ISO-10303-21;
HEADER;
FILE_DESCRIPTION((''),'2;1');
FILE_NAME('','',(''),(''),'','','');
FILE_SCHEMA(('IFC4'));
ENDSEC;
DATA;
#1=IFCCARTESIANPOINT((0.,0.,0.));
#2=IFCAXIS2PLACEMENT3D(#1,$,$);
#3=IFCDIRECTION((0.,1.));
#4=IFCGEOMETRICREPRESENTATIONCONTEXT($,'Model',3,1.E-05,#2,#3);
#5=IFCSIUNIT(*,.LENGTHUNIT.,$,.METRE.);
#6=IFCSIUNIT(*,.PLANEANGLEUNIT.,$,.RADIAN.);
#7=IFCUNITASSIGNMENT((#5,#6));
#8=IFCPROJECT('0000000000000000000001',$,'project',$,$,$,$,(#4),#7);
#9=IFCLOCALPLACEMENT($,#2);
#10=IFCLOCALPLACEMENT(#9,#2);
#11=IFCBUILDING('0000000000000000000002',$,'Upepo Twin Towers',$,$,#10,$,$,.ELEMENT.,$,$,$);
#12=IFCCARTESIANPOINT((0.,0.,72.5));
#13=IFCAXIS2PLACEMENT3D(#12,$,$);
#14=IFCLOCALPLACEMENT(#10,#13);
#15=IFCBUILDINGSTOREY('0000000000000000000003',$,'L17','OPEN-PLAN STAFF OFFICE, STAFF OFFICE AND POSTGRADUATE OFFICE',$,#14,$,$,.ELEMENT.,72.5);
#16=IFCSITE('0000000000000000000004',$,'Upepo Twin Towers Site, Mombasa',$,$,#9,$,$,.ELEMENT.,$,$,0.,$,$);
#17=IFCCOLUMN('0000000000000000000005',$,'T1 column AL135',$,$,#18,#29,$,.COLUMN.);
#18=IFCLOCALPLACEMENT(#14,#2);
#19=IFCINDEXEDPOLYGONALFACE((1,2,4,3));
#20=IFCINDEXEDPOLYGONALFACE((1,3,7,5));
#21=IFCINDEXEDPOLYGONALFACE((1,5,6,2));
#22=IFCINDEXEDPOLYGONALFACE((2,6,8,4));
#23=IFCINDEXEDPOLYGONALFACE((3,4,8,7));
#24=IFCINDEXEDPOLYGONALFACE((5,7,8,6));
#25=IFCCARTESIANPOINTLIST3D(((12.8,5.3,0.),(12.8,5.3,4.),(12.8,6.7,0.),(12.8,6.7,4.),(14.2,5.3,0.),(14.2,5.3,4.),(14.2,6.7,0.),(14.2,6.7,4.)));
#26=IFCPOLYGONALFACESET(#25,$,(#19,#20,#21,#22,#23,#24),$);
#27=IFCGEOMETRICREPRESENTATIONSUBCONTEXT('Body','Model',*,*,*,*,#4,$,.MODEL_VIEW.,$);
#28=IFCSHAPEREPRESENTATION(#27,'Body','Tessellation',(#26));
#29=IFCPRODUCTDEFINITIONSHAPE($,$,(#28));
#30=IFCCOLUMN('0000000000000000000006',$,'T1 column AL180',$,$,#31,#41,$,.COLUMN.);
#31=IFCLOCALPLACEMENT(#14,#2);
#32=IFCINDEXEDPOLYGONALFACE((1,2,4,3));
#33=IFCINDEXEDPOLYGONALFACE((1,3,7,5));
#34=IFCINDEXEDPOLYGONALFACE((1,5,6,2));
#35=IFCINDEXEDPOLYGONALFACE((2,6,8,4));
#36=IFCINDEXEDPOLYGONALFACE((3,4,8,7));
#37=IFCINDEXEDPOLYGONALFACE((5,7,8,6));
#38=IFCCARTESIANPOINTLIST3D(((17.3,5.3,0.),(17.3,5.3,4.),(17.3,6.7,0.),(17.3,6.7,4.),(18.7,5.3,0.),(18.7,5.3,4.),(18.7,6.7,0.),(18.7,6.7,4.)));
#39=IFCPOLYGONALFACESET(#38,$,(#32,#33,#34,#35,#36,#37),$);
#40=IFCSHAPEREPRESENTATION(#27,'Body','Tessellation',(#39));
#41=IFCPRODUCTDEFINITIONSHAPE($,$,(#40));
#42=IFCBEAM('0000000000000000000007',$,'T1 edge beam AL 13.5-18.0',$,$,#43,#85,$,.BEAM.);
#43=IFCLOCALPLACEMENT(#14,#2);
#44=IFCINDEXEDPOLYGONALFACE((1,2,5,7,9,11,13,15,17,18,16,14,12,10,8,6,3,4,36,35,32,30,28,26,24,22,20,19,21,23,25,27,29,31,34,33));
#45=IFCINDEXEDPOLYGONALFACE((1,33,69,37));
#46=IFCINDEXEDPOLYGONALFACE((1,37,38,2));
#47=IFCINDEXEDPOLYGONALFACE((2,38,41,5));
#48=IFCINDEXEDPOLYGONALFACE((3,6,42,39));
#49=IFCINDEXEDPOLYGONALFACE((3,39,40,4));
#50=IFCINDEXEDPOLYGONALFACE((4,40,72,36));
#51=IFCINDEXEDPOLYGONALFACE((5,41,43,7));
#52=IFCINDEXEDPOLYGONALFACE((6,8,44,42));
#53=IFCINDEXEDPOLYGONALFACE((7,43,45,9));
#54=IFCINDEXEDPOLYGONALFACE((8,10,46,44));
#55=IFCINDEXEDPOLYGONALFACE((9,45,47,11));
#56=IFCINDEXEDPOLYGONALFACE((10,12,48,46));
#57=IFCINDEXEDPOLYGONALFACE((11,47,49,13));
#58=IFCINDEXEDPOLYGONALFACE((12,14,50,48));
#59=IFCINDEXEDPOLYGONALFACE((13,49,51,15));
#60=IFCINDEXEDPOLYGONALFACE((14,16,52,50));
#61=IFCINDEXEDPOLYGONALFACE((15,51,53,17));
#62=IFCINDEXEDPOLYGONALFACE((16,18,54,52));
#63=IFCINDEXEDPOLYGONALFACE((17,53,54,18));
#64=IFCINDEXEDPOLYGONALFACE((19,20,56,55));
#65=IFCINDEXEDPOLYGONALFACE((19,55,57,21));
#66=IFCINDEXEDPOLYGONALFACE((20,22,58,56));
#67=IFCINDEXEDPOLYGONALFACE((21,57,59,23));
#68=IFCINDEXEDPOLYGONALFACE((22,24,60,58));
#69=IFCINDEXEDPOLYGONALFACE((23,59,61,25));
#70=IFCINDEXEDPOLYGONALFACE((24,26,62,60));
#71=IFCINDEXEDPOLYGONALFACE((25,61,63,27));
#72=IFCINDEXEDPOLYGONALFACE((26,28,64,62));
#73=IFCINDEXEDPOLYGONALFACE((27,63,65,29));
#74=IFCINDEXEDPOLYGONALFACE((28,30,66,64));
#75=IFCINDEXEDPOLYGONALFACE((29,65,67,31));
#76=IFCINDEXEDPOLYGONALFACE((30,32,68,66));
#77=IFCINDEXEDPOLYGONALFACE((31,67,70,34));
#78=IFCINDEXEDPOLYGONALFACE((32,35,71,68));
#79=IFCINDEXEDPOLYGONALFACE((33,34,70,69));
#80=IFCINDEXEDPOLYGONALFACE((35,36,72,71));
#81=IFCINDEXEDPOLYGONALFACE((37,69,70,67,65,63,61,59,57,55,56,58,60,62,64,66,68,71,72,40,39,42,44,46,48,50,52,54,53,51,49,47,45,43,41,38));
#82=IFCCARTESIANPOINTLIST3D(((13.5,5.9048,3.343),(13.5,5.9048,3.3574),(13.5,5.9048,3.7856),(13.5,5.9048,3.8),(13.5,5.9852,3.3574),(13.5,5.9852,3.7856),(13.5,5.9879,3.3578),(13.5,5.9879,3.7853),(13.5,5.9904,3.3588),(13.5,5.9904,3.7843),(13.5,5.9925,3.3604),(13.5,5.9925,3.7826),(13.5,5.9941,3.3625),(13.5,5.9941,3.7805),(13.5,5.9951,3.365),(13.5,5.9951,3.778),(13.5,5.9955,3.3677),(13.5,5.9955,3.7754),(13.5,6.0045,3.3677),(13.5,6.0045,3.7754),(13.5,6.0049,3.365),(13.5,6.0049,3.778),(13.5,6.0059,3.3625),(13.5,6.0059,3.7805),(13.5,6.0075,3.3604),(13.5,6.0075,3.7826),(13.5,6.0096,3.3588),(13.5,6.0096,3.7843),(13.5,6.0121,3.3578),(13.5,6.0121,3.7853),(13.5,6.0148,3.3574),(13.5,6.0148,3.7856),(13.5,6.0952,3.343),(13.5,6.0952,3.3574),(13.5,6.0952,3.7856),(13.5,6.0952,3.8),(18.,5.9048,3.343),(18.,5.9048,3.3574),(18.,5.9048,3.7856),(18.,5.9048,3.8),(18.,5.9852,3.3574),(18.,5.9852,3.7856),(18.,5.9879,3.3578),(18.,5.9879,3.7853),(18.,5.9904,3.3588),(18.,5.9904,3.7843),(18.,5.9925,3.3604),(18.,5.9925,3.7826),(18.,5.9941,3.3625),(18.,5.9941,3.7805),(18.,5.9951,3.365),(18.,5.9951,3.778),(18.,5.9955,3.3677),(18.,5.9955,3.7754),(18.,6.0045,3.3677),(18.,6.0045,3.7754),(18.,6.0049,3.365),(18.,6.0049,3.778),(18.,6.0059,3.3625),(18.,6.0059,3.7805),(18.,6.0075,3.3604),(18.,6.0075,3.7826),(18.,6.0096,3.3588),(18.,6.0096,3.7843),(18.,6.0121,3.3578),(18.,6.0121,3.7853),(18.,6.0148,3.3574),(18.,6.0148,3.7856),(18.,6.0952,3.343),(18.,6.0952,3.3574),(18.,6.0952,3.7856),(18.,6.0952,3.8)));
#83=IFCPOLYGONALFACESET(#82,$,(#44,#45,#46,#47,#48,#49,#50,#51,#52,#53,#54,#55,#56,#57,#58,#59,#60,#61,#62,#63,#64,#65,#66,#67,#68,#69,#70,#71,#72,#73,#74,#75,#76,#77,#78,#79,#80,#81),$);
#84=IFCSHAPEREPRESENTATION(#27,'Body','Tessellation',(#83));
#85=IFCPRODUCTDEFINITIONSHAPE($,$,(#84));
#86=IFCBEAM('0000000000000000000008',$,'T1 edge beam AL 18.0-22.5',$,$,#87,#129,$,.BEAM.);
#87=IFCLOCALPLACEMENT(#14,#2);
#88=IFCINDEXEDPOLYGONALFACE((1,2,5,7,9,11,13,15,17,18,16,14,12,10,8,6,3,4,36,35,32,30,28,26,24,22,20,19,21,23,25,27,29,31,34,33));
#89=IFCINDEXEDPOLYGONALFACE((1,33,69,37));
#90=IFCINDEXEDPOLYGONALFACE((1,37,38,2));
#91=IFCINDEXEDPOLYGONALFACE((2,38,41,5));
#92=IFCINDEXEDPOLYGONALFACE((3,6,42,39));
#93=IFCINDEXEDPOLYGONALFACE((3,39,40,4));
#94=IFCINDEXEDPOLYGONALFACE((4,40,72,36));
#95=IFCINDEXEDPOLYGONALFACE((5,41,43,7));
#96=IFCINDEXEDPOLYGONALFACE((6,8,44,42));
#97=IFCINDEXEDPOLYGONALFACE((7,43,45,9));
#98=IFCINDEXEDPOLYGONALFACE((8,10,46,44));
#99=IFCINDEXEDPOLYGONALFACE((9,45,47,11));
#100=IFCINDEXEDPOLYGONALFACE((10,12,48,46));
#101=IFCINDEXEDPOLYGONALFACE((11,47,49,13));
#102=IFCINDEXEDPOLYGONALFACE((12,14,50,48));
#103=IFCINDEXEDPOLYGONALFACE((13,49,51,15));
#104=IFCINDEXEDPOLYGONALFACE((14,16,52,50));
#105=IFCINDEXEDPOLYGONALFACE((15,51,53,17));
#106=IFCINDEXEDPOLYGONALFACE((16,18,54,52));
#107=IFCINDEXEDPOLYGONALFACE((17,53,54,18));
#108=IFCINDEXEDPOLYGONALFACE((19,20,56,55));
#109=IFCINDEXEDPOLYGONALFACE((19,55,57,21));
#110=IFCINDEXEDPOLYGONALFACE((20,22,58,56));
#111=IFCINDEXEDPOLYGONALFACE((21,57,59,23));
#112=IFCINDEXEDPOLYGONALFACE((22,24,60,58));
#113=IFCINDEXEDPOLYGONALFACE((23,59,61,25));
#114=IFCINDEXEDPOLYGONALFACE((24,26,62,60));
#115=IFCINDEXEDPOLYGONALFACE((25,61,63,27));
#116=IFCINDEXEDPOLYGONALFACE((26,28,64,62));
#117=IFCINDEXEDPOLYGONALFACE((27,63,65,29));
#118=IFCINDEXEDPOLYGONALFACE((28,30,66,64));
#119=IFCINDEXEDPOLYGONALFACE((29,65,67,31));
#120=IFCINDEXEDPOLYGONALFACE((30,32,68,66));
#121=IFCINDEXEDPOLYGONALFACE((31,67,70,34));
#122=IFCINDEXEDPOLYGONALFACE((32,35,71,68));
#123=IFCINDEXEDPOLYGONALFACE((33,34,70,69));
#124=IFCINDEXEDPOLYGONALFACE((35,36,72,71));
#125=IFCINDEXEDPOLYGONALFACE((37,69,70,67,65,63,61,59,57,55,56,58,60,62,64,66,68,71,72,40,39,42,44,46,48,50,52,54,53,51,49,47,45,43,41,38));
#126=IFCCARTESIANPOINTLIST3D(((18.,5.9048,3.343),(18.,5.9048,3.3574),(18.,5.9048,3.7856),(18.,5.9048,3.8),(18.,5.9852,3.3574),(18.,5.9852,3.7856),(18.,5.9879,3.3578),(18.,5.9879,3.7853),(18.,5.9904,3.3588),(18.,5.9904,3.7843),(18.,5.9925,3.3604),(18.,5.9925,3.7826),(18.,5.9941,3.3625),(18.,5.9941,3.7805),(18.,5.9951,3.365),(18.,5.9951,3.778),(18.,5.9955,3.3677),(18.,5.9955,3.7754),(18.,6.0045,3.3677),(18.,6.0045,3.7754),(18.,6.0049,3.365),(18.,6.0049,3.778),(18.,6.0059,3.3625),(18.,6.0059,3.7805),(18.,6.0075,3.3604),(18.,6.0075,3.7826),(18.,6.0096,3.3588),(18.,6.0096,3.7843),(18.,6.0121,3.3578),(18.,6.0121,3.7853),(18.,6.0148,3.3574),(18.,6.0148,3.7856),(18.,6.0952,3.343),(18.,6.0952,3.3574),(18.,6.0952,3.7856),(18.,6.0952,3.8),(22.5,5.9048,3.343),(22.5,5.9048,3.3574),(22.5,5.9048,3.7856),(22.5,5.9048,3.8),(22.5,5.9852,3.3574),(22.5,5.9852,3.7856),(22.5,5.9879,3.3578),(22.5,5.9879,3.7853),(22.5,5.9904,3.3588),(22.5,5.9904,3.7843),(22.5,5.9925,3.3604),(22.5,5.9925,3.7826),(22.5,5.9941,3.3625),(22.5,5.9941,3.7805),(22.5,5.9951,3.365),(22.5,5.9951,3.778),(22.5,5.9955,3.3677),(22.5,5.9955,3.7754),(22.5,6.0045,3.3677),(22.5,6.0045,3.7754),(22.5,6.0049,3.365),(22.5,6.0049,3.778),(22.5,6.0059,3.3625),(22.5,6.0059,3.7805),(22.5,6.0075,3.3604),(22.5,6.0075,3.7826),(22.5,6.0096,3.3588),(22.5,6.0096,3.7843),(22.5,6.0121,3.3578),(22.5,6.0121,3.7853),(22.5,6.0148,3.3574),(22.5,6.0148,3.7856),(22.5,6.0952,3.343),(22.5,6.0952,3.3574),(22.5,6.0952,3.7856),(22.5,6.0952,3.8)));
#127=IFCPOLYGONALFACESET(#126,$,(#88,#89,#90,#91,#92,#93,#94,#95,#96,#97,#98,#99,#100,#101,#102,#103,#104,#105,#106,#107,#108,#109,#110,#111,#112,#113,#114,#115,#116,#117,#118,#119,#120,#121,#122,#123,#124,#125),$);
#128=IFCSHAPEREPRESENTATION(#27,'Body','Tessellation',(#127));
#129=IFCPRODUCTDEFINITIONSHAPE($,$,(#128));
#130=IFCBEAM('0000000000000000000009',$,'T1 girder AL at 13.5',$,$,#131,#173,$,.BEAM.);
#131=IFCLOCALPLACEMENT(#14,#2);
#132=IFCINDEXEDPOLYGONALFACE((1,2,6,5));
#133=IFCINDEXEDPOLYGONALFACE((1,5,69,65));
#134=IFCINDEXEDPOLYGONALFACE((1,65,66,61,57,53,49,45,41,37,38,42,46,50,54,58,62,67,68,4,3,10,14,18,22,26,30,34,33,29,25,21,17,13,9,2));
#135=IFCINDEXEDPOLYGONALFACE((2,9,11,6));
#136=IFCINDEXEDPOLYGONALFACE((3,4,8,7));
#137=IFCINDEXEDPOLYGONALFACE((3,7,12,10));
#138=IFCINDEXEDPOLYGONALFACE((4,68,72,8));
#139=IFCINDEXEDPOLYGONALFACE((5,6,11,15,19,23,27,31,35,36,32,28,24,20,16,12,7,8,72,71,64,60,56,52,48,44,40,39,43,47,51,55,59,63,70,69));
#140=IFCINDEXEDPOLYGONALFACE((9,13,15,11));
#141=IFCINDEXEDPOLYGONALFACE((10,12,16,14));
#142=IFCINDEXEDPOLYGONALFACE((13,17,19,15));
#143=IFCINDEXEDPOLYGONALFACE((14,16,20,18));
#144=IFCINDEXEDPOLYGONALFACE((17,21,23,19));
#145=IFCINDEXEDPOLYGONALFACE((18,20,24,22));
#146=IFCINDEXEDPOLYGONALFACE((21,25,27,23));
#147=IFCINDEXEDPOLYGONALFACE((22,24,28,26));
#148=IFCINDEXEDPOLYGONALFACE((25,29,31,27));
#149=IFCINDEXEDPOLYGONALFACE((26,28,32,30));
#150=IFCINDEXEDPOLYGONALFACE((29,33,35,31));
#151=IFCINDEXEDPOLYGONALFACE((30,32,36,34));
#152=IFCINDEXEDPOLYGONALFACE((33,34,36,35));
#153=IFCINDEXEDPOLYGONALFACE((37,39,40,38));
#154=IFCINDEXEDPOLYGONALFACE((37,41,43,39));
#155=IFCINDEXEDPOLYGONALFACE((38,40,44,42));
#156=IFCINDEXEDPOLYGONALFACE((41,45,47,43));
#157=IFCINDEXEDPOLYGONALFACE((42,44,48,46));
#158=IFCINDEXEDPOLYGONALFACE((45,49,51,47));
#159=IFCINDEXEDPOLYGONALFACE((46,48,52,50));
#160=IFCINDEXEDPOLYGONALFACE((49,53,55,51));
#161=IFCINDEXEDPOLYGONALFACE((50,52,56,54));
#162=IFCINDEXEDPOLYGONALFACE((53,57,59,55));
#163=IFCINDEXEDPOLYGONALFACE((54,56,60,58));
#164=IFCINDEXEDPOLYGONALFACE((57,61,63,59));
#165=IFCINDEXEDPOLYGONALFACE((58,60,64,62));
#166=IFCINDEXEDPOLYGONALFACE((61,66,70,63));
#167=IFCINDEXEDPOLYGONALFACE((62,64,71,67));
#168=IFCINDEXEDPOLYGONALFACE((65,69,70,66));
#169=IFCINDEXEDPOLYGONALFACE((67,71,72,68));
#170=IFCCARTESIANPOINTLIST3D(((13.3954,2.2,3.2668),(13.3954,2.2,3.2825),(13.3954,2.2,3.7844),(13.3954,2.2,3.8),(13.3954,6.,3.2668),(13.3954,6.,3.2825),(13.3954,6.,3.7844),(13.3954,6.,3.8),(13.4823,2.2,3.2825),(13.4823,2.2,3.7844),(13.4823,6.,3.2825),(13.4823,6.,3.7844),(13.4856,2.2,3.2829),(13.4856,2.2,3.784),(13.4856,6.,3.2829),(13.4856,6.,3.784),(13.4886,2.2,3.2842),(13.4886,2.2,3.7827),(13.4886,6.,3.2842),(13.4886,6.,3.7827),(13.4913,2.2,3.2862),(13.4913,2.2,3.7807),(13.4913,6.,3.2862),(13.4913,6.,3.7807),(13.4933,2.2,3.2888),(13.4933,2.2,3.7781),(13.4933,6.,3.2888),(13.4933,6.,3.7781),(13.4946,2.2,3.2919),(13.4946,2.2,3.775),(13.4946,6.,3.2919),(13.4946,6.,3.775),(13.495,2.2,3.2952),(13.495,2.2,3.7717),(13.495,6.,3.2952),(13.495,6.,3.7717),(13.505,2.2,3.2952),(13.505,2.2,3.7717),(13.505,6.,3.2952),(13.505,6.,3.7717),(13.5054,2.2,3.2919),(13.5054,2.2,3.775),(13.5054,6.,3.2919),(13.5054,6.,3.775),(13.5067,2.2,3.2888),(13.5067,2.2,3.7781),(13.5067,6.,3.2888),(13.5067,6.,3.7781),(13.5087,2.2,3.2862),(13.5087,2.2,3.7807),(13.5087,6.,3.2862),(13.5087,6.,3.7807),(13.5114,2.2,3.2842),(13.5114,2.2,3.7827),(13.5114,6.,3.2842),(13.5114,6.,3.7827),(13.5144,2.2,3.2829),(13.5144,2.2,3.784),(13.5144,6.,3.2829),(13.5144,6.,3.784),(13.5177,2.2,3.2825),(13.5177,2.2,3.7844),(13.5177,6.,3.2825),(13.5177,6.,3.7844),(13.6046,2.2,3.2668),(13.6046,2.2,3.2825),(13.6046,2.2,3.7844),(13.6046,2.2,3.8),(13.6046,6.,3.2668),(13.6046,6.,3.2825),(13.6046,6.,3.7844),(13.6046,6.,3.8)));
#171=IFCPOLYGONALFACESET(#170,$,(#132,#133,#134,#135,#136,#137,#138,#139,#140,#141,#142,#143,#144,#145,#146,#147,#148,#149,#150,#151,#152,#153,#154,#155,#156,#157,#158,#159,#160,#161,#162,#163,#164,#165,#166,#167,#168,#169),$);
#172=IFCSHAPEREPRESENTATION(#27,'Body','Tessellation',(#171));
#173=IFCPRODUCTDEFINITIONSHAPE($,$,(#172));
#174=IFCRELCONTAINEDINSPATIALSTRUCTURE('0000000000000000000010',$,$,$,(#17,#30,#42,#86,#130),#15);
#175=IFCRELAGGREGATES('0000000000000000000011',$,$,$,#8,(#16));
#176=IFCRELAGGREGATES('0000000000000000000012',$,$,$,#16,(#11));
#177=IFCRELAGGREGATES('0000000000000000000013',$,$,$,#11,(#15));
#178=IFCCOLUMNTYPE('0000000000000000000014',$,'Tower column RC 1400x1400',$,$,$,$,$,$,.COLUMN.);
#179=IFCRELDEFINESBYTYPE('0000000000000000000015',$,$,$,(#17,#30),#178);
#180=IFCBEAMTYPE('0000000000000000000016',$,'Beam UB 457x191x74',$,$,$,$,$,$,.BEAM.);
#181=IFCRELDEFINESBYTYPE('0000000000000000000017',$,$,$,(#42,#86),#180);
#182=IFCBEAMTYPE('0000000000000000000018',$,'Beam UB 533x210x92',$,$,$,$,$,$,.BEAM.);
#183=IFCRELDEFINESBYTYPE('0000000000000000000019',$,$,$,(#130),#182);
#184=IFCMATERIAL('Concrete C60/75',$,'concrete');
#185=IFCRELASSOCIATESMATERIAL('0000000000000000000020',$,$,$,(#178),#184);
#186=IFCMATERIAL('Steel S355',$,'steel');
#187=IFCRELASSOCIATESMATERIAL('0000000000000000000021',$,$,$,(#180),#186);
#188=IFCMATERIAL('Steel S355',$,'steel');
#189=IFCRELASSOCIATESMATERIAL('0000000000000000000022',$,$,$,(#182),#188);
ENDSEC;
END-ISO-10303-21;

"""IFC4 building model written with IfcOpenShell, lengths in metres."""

from ifc_helpers import new_model, si_unit, direction, frame, origin, origin_2d, place, context, subcontext, project, spatial, rectangle, i_section, extrude, material, material_profile, profile_set, type_object, element, save


model = new_model("IFC4")

# Units and contexts
model_context = context("Model", 3, precision=1e-05, world=origin(), true_north=direction((0.0, 1.0)))
body_context = subcontext(model_context, "Body", "Model", "MODEL_VIEW")
ifc_project = project(units=[si_unit("LENGTHUNIT", "METRE"), si_unit("PLANEANGLEUNIT", "RADIAN")], contexts=[model_context])

# Site, building, storey
site_placement = place(None, origin())
site = spatial("IfcSite", under=ifc_project, at=site_placement, Name="Upepo Twin Towers Site, Mombasa", CompositionType="ELEMENT", RefElevation=0.0)
building_placement = place(site_placement, origin())
building = spatial("IfcBuilding", under=site, at=building_placement, Name="Upepo Twin Towers", CompositionType="ELEMENT")
storey_placement = place(building_placement, frame((0.0, 0.0, 72.5)))
storey = spatial("IfcBuildingStorey", under=building, at=storey_placement, Name="L17", Description="OPEN-PLAN STAFF OFFICE, STAFF OFFICE AND POSTGRADUATE OFFICE", CompositionType="ELEMENT", Elevation=72.5)

# Columns
ifc_material_1 = material(Name="Concrete C60/75", Category="concrete")
ifc_material_profile_1 = material_profile(ifc_material_1, rectangle(XDim=1.3999, YDim=1.3999, at=origin_2d()), Name="RC 1400x1400")
ifc_profile_set_1 = profile_set([ifc_material_profile_1], Name="Concrete C60/75")
column_type = type_object("IfcColumnType", Name="Tower column RC 1400x1400", PredefinedType="COLUMN", material=ifc_profile_set_1)
for number, where, z_axis, x_axis, name in (
    (1, (13.5, 6.0, 0.0), (0.0, 0.0, 1.0), (1.0, 0.0, 0.0), "T1 column AL135"),
    (2, (18.0, 6.0, 0.0), (0.0, 0.0, 1.0), (1.0, 0.0, 0.0), "T1 column AL180"),
):
    element("IfcColumn", number, at=place(storey_placement, frame(where, z_axis=z_axis, x_axis=x_axis)), inside=storey, type_object=column_type, Name=name, PredefinedType="COLUMN", context=body_context, shape_type="SweptSolid", body=[
        extrude(rectangle(XDim=1.3999, YDim=1.3999, at=origin_2d()), origin(), (0.0, 0.0, 1.0), 4.0),
    ])

# Beams
ifc_material_2 = material(Name="Steel S355", Category="steel")
ifc_material_profile_2 = material_profile(ifc_material_2, i_section(OverallWidth=0.1904, OverallDepth=0.457, WebThickness=0.009, FlangeThickness=0.0144, FilletRadius=0.0103, at=origin_2d()), Name="UB 457x191x74")
ifc_profile_set_2 = profile_set([ifc_material_profile_2], Name="Steel S355")
beam_type_1 = type_object("IfcBeamType", Name="Beam UB 457x191x74", PredefinedType="BEAM", material=ifc_profile_set_2)
for number, where, z_axis, x_axis, name in (
    (3, (13.5, 6.0, 3.5715), (1.0, 0.0, 0.0), (0.0, 1.0, 0.0), "T1 edge beam AL 13.5-18.0"),
    (4, (18.0, 6.0, 3.5715), (1.0, 0.0, 0.0), (0.0, 1.0, 0.0), "T1 edge beam AL 18.0-22.5"),
):
    element("IfcBeam", number, at=place(storey_placement, frame(where, z_axis=z_axis, x_axis=x_axis)), inside=storey, type_object=beam_type_1, Name=name, PredefinedType="BEAM", context=body_context, shape_type="SweptSolid", body=[
        extrude(i_section(OverallWidth=0.1904, OverallDepth=0.457, WebThickness=0.009, FlangeThickness=0.0144, FilletRadius=0.0103, at=origin_2d()), origin(), (0.0, 0.0, 1.0), 4.5),
    ])
ifc_material_3 = material(Name="Steel S355", Category="steel")
ifc_material_profile_3 = material_profile(ifc_material_3, i_section(OverallWidth=0.2092, OverallDepth=0.5332, WebThickness=0.01, FlangeThickness=0.0156, FilletRadius=0.0127, at=origin_2d()), Name="UB 533x210x92")
ifc_profile_set_3 = profile_set([ifc_material_profile_3], Name="Steel S355")
beam_type_2 = type_object("IfcBeamType", Name="Beam UB 533x210x92", PredefinedType="BEAM", material=ifc_profile_set_3)
for number, where, z_axis, x_axis, name in (
    (5, (13.5, 6.0, 3.5334), (0.0, -1.0, 0.0), (1.0, 0.0, 0.0), "T1 girder AL at 13.5"),
):
    element("IfcBeam", number, at=place(storey_placement, frame(where, z_axis=z_axis, x_axis=x_axis)), inside=storey, type_object=beam_type_2, Name=name, PredefinedType="BEAM", context=body_context, shape_type="SweptSolid", body=[
        extrude(i_section(OverallWidth=0.2092, OverallDepth=0.5332, WebThickness=0.01, FlangeThickness=0.0156, FilletRadius=0.0127, at=origin_2d()), origin(), (0.0, 0.0, 1.0), 3.8),
    ])

save(model, "model.ifc")
